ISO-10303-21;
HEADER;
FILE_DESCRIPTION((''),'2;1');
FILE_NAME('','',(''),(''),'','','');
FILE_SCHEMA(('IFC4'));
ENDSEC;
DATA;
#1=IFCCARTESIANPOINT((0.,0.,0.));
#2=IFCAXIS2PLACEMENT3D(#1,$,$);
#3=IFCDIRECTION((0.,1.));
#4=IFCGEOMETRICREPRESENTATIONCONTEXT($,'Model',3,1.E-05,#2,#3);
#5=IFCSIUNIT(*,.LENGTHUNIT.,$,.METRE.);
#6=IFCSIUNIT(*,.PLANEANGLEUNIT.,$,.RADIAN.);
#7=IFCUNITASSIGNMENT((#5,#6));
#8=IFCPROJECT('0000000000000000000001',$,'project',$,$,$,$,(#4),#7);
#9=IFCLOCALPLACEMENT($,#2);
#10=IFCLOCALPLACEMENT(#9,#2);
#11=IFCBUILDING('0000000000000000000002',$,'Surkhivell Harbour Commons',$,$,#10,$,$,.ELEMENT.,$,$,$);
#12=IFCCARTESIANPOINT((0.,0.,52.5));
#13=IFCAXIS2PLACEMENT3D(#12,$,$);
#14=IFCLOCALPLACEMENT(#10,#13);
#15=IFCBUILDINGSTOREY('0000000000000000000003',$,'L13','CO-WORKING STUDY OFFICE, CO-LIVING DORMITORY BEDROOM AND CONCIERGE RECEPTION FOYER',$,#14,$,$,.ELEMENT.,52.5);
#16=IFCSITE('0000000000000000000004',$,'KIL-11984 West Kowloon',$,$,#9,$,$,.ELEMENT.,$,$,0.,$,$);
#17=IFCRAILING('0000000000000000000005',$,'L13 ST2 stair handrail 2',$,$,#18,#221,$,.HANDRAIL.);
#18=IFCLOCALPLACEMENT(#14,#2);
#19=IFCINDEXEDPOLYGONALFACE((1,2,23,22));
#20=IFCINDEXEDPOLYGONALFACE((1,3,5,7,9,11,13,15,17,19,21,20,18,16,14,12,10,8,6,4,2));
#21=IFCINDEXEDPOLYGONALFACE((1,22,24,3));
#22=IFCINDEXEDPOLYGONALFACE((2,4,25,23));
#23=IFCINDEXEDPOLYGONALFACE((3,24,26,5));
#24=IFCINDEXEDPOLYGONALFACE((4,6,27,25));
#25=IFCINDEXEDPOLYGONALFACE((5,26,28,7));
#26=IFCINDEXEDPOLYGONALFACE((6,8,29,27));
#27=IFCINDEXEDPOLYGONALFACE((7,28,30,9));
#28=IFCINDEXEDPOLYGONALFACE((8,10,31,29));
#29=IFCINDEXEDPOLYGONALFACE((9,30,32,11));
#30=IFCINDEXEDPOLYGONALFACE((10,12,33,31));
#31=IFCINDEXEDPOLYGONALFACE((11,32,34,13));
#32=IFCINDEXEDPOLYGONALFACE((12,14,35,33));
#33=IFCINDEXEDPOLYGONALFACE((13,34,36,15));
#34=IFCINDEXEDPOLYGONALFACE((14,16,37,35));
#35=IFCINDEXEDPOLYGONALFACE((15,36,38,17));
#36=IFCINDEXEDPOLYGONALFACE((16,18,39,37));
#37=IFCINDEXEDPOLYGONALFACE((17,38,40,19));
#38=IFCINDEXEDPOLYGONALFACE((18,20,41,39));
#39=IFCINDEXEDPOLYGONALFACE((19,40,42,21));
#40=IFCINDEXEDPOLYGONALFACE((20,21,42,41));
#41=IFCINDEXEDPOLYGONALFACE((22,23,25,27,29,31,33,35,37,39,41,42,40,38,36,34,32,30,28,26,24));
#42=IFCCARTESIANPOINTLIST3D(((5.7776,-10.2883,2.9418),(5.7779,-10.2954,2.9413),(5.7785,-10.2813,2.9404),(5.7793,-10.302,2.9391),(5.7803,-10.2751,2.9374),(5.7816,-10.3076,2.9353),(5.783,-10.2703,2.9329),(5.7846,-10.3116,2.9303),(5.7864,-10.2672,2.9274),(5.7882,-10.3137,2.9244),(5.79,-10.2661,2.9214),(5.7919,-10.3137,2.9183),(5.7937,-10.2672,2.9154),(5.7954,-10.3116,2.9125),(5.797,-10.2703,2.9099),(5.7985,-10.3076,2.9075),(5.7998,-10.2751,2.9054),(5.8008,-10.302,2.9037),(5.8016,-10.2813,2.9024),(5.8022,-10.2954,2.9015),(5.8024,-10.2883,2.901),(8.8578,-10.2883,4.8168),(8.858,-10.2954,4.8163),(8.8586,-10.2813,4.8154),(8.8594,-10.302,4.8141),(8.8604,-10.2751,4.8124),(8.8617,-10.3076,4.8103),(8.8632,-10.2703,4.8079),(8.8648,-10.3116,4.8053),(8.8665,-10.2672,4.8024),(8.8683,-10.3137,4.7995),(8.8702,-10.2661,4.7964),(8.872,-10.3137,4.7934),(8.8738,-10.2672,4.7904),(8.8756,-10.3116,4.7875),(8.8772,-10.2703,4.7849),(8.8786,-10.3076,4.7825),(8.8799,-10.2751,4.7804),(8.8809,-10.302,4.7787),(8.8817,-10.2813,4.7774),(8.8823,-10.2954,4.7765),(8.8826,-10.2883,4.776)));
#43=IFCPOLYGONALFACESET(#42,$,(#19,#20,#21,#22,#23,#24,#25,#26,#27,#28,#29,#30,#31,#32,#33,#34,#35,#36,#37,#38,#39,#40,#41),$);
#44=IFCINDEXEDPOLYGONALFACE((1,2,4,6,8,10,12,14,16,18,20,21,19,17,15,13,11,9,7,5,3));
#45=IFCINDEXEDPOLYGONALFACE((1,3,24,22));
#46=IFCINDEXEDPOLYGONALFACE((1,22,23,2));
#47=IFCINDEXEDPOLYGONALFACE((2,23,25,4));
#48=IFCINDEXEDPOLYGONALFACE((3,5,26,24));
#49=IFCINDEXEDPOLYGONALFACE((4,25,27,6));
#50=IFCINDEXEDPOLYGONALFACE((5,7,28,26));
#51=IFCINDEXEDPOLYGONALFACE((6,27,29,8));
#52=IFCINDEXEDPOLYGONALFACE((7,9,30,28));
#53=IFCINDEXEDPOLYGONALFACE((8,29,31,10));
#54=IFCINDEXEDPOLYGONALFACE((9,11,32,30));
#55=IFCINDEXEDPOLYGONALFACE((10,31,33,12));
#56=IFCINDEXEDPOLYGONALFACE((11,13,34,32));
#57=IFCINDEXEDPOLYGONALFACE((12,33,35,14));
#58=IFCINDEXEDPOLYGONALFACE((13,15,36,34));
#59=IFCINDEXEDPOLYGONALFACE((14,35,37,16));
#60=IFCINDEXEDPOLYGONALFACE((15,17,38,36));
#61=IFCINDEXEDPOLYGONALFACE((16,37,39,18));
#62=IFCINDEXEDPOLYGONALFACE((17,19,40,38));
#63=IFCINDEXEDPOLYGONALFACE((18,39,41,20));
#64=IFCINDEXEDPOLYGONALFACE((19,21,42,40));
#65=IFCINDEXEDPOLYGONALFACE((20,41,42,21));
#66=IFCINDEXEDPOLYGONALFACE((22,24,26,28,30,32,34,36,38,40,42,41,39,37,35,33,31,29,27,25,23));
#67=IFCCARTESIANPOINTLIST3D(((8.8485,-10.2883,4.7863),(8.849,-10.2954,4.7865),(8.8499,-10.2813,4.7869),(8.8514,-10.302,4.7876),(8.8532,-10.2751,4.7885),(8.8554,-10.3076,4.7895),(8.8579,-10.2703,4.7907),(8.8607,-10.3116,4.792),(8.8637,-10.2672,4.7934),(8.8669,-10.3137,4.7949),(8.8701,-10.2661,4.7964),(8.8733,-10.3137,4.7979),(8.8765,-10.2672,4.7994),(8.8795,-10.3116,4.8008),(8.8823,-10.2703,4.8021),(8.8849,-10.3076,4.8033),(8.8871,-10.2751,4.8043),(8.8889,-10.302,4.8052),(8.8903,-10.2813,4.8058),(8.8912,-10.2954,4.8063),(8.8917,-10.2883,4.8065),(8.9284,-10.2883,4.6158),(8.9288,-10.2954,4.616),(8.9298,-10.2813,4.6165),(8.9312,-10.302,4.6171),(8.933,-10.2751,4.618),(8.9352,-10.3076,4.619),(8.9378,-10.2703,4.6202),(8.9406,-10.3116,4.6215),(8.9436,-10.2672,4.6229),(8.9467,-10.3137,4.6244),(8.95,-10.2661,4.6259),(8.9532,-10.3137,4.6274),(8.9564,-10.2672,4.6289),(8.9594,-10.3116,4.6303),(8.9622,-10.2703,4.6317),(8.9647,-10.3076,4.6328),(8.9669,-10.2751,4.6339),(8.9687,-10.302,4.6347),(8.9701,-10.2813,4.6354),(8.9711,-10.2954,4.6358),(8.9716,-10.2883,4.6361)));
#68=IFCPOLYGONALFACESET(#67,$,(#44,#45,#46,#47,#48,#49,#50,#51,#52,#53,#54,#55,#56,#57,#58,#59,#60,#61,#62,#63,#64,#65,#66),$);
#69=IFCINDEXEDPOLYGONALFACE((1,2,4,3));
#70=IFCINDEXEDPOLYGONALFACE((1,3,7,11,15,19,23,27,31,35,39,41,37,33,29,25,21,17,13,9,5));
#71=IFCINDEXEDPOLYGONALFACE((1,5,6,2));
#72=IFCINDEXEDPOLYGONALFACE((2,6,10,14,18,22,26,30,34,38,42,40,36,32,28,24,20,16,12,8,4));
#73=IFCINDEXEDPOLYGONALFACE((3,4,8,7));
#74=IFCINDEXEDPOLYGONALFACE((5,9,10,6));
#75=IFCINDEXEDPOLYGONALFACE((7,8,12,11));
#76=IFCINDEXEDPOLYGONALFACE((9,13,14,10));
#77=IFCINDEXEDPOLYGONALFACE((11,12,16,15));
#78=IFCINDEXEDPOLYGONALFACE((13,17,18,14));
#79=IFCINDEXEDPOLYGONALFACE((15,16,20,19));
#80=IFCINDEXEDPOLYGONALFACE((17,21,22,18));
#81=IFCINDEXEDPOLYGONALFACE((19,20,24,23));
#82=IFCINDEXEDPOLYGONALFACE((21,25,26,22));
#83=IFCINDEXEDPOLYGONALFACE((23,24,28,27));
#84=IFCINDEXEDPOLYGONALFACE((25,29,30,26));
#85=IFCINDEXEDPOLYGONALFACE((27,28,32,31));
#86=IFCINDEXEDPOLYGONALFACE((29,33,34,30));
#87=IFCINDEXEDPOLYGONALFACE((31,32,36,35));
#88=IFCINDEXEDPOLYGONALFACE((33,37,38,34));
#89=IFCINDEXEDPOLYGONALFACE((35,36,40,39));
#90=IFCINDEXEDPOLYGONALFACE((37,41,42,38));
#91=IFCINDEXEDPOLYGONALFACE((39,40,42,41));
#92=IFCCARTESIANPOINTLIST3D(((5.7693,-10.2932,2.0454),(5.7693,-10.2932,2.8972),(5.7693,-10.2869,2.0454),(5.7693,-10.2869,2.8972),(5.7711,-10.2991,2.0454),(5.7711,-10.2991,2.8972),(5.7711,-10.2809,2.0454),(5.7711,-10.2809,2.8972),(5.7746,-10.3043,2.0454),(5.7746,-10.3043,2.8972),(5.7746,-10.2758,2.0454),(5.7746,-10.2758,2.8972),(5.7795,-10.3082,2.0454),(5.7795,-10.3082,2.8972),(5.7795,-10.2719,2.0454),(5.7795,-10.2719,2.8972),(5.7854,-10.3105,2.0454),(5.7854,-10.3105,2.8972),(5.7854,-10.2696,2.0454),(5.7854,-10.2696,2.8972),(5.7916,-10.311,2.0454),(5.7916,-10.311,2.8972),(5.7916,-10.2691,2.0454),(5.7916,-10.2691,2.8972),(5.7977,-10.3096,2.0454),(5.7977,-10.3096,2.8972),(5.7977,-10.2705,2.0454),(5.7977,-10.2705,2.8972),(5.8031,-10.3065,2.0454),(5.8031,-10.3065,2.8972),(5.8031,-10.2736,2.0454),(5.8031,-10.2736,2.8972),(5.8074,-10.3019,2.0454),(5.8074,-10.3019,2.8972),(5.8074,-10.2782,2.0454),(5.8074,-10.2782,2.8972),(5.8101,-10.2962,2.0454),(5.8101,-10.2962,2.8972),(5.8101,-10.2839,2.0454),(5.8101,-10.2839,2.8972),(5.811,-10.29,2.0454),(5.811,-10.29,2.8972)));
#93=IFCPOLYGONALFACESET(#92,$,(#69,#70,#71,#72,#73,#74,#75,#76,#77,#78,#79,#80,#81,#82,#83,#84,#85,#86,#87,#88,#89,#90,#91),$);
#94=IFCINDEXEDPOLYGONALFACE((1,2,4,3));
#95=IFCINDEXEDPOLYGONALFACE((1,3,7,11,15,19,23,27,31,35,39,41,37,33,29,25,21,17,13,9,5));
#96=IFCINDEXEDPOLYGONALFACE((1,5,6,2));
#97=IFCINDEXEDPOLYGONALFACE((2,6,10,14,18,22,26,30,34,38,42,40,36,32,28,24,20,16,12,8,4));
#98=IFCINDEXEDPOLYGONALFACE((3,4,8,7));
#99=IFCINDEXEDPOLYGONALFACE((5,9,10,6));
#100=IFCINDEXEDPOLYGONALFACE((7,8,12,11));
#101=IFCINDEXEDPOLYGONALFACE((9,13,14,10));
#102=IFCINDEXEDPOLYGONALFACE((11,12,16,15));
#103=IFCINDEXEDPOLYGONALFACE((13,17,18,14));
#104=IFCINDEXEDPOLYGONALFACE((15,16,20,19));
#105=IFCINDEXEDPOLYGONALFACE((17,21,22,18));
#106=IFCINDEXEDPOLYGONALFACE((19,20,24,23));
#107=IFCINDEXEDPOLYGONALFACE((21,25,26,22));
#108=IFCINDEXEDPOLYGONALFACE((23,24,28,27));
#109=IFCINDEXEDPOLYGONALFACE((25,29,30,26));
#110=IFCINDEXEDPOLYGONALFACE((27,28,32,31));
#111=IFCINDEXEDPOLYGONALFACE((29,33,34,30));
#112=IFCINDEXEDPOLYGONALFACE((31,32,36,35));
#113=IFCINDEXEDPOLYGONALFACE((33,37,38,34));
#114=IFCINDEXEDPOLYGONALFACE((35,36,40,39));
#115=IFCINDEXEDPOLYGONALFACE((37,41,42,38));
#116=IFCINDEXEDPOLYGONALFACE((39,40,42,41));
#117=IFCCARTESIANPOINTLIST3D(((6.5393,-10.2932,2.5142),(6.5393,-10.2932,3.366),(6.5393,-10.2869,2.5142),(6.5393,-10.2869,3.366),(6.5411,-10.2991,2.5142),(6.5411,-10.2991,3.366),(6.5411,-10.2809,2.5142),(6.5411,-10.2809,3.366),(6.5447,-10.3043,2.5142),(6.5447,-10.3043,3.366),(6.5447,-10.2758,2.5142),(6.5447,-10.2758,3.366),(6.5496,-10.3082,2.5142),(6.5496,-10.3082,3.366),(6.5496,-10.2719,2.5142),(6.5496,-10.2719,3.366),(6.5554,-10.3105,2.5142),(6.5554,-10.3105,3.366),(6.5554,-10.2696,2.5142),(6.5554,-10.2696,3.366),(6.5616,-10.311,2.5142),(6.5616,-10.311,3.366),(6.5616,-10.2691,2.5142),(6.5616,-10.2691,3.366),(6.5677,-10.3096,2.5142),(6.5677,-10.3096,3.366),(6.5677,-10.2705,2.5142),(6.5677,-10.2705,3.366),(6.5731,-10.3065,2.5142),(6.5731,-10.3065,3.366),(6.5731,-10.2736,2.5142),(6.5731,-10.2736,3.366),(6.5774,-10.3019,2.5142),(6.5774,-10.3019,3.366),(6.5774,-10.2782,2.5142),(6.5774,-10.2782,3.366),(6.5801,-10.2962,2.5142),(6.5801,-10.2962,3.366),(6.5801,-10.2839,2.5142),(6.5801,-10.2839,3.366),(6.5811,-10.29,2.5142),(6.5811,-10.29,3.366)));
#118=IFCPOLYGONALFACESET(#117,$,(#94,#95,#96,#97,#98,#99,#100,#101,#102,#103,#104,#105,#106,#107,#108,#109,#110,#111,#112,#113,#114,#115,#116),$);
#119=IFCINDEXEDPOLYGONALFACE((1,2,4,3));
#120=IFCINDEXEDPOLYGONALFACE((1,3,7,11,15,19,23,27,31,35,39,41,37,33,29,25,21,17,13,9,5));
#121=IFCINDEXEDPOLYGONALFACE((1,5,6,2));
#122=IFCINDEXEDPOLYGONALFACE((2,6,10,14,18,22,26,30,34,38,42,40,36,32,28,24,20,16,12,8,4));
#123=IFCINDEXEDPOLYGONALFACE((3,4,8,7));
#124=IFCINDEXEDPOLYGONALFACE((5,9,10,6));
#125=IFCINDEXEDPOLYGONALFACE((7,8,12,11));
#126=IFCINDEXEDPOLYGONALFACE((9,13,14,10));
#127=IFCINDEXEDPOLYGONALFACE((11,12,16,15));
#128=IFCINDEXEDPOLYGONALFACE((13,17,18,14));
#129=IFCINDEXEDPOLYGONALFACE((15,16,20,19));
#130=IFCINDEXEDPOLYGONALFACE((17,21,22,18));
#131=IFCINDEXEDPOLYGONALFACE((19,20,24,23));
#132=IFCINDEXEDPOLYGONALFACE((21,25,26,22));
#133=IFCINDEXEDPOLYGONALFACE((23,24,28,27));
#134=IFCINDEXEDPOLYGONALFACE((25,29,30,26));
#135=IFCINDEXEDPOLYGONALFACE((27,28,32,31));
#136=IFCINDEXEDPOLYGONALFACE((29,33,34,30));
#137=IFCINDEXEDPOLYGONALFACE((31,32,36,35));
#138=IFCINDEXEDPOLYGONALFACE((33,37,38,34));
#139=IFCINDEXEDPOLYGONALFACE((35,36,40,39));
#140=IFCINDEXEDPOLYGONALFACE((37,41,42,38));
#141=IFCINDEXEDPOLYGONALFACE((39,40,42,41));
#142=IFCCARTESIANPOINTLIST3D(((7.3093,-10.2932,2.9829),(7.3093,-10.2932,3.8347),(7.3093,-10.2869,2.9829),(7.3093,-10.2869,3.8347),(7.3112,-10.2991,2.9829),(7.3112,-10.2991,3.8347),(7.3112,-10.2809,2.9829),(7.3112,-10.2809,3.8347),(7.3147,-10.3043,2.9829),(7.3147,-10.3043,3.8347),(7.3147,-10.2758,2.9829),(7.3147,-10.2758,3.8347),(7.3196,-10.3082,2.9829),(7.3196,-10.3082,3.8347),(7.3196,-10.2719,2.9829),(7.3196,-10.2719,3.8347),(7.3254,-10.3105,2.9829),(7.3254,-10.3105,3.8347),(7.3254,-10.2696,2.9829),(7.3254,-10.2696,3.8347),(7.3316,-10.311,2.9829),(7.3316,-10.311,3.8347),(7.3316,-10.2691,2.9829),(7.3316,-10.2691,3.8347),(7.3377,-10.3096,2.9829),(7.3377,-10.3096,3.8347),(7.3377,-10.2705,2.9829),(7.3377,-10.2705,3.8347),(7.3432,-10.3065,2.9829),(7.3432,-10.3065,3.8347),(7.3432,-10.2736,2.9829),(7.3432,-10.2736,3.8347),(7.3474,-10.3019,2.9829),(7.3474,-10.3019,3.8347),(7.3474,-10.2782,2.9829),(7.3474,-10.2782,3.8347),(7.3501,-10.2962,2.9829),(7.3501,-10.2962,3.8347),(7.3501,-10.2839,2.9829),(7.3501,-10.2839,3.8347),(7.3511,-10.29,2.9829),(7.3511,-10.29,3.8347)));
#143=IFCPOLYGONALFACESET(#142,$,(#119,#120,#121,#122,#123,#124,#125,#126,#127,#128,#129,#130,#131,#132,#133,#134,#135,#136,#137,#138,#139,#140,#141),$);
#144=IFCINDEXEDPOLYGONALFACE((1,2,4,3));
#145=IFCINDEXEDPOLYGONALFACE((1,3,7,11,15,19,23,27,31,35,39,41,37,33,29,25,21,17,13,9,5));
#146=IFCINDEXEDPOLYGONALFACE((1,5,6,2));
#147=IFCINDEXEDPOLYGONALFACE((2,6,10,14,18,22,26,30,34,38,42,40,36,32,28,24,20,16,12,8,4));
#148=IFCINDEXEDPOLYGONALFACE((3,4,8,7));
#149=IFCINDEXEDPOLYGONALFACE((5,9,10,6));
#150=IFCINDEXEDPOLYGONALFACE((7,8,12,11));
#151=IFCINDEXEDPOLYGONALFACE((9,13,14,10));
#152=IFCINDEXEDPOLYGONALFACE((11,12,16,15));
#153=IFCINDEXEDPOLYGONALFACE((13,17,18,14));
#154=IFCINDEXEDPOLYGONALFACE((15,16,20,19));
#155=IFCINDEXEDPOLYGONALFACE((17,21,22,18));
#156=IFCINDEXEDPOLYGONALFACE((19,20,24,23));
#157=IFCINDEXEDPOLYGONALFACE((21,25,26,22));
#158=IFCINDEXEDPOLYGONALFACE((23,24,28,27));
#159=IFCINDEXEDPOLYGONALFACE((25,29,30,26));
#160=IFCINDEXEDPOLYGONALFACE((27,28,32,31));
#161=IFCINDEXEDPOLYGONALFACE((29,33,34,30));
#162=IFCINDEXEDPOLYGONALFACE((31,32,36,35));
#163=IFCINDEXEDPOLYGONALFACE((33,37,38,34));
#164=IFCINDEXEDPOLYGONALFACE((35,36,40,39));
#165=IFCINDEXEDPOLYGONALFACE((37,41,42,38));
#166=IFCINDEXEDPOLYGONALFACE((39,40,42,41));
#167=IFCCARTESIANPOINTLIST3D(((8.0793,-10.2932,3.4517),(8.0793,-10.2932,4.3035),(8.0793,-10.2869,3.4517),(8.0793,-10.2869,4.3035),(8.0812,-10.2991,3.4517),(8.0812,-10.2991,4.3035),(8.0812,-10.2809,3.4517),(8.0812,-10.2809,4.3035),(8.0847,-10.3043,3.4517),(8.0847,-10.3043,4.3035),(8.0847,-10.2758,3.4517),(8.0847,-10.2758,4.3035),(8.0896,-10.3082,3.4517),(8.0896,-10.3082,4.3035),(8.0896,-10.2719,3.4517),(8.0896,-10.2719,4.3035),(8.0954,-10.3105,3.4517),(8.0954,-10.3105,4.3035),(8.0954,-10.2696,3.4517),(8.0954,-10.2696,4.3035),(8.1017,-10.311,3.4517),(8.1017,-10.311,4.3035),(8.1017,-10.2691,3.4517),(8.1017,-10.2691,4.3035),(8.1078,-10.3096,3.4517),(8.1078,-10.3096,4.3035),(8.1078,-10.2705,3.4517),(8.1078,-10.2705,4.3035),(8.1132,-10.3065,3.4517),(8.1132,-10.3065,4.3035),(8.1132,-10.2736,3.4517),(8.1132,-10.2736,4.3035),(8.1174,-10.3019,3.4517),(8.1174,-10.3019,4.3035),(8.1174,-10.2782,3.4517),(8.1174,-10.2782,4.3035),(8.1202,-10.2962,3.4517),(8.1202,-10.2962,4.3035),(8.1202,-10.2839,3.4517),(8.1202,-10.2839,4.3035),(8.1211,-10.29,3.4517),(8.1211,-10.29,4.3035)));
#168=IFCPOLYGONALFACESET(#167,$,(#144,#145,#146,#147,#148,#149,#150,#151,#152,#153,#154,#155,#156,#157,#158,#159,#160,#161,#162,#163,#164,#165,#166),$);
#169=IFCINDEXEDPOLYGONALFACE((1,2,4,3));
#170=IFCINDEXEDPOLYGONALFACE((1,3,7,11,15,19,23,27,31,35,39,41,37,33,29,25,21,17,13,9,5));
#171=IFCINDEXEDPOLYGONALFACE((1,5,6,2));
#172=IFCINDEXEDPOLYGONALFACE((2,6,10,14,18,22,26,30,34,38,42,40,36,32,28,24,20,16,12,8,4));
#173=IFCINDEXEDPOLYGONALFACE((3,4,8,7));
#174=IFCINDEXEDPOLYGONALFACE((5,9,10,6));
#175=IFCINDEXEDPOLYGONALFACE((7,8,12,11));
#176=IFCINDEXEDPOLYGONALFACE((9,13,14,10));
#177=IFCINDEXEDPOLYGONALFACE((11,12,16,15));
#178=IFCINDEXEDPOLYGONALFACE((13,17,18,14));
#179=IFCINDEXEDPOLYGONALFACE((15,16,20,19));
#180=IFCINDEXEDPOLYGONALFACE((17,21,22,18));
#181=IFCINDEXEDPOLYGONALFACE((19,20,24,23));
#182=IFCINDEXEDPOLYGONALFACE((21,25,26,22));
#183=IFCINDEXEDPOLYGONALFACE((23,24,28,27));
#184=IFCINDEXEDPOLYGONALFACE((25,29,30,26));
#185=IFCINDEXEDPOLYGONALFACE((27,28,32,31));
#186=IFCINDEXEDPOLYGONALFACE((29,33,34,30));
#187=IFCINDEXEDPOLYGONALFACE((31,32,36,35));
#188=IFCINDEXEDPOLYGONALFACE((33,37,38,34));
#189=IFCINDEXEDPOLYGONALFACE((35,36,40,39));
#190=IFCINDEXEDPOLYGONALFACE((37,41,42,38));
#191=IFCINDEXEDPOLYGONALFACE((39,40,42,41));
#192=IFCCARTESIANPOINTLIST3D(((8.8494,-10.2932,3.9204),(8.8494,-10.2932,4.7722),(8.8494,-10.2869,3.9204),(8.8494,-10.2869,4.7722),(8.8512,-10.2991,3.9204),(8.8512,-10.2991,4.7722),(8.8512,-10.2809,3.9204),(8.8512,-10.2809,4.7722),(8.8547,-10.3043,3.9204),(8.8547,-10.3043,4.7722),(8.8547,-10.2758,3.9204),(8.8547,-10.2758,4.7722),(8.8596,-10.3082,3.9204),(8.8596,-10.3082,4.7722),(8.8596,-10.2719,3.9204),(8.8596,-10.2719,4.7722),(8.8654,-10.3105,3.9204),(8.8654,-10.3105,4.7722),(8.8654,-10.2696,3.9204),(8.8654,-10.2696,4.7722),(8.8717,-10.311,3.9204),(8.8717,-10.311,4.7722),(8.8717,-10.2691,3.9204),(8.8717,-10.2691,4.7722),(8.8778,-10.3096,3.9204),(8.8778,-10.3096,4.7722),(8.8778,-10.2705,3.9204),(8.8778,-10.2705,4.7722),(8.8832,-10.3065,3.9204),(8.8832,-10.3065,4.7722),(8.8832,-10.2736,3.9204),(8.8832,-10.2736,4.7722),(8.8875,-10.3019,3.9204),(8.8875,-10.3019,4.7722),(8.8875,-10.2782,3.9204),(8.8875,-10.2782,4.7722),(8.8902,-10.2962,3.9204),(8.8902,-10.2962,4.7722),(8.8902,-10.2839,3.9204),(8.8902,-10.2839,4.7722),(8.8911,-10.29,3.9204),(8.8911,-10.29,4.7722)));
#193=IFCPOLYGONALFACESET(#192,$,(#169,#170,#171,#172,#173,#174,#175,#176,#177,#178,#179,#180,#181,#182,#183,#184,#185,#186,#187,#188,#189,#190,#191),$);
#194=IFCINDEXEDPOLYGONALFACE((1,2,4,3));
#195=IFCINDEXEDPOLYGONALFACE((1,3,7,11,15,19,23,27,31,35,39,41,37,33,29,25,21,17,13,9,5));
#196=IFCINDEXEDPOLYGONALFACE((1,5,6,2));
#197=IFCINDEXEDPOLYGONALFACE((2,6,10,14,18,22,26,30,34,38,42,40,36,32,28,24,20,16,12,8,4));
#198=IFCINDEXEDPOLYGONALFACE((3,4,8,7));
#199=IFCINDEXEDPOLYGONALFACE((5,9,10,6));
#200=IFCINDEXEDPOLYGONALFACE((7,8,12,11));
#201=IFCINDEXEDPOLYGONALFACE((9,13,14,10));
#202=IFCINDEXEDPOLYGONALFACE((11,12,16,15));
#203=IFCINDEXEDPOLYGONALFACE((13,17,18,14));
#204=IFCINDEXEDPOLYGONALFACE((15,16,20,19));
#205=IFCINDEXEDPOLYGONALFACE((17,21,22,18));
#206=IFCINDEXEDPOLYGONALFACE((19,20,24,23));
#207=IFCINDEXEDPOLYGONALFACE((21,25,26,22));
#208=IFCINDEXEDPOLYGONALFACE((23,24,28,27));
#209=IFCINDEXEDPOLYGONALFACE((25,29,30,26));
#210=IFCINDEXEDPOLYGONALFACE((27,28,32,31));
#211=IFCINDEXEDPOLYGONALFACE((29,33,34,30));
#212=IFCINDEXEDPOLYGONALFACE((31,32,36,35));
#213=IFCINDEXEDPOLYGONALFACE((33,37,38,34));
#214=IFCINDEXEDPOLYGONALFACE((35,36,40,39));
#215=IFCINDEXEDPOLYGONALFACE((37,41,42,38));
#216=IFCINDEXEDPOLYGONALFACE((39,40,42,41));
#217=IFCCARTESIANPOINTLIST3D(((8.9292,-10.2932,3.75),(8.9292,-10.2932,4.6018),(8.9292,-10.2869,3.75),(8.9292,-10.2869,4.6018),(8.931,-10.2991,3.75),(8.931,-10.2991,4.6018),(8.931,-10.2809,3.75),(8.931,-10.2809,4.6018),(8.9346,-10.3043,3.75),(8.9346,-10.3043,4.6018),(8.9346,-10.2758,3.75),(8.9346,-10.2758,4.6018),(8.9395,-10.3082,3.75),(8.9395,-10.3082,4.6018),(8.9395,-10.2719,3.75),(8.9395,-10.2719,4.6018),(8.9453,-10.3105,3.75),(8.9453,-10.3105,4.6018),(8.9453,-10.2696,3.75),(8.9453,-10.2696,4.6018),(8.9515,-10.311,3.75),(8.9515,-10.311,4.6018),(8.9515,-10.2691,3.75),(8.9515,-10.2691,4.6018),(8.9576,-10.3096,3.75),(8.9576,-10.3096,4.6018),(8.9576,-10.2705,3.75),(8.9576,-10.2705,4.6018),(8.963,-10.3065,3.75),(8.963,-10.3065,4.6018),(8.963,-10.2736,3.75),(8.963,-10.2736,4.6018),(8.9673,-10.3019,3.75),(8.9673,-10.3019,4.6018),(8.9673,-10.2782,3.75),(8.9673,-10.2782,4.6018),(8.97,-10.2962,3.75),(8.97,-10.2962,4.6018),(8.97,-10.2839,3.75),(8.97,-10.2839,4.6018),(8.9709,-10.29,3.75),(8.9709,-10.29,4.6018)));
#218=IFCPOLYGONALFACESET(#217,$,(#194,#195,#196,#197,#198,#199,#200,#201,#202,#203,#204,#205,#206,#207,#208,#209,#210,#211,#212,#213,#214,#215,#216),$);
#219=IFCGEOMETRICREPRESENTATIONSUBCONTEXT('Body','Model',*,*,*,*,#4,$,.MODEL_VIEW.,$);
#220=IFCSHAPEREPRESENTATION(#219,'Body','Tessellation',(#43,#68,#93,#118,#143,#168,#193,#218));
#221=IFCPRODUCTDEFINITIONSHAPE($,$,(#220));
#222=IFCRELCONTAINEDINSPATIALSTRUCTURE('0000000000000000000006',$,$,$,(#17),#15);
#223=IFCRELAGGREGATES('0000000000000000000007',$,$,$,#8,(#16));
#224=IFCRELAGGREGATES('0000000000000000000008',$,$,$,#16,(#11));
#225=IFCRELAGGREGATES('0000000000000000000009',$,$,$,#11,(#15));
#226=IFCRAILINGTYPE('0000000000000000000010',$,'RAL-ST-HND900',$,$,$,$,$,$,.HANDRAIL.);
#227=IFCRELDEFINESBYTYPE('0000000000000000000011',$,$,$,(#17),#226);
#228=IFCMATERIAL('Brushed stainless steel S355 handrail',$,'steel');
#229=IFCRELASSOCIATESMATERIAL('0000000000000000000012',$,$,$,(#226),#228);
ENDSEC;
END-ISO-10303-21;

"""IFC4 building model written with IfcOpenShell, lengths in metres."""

from ifc_helpers import new_model, si_unit, direction, frame, origin, origin_2d, place, context, subcontext, project, spatial, circle, extrude, material, type_object, element, save


model = new_model("IFC4")

# Units and contexts
model_context = context("Model", 3, precision=1e-05, world=origin(), true_north=direction((0.0, 1.0)))
body_context = subcontext(model_context, "Body", "Model", "MODEL_VIEW")
ifc_project = project(units=[si_unit("LENGTHUNIT", "METRE"), si_unit("PLANEANGLEUNIT", "RADIAN")], contexts=[model_context])

# Site, building, storey
site_placement = place(None, origin())
site = spatial("IfcSite", under=ifc_project, at=site_placement, Name="KIL-11984 West Kowloon", CompositionType="ELEMENT", RefElevation=0.0)
building_placement = place(site_placement, origin())
building = spatial("IfcBuilding", under=site, at=building_placement, Name="Surkhivell Harbour Commons", CompositionType="ELEMENT")
storey_placement = place(building_placement, frame((0.0, 0.0, 52.5)))
storey = spatial("IfcBuildingStorey", under=building, at=storey_placement, Name="L13", Description="CO-WORKING STUDY OFFICE, CO-LIVING DORMITORY BEDROOM AND CONCIERGE RECEPTION FOYER", CompositionType="ELEMENT", Elevation=52.5)

# Railing
ifc_material_1 = material(Name="Brushed stainless steel S355 handrail", Category="steel")
railing_type_1 = type_object("IfcRailingType", Name="RAL-ST-HND900", PredefinedType="HANDRAIL", material=ifc_material_1)
railing_1_placement = place(storey_placement, frame((5.79, -10.29, 2.0454)))
element("IfcRailing", 1, at=railing_1_placement, inside=storey, type_object=railing_type_1, Name="L13 ST2 stair handrail 2", PredefinedType="HANDRAIL", context=body_context, shape_type="SweptSolid", body=[
    extrude(circle(Radius=0.0239, at=origin_2d()), frame((0.0, 0.0, 0.876), z_axis=(0.854178, 0.0, 0.519981), x_axis=(0.0, 1.0, 0.0)), (0.0, 0.0, 1.0), 3.606),
    extrude(circle(Radius=0.0239, at=origin_2d()), frame((3.0801, 0.0, 2.751), z_axis=(0.424234, 0.0, -0.905552), x_axis=(0.0, 1.0, 0.0)), (0.0, 0.0, 1.0), 0.1882),
    extrude(circle(Radius=0.021, at=origin_2d()), origin(), (0.0, 0.0, 1.0), 0.8518),
    extrude(circle(Radius=0.021, at=origin_2d()), frame((0.77, 0.0, 0.4688)), (0.0, 0.0, 1.0), 0.8518),
    extrude(circle(Radius=0.021, at=origin_2d()), frame((1.54, 0.0, 0.9375)), (0.0, 0.0, 1.0), 0.8518),
    extrude(circle(Radius=0.021, at=origin_2d()), frame((2.3101, 0.0, 1.4062)), (0.0, 0.0, 1.0), 0.8518),
    extrude(circle(Radius=0.021, at=origin_2d()), frame((3.0801, 0.0, 1.875)), (0.0, 0.0, 1.0), 0.8518),
    extrude(circle(Radius=0.021, at=origin_2d()), frame((3.1599, 0.0, 1.7046)), (0.0, 0.0, 1.0), 0.8518),
])

save(model, "model.ifc")
